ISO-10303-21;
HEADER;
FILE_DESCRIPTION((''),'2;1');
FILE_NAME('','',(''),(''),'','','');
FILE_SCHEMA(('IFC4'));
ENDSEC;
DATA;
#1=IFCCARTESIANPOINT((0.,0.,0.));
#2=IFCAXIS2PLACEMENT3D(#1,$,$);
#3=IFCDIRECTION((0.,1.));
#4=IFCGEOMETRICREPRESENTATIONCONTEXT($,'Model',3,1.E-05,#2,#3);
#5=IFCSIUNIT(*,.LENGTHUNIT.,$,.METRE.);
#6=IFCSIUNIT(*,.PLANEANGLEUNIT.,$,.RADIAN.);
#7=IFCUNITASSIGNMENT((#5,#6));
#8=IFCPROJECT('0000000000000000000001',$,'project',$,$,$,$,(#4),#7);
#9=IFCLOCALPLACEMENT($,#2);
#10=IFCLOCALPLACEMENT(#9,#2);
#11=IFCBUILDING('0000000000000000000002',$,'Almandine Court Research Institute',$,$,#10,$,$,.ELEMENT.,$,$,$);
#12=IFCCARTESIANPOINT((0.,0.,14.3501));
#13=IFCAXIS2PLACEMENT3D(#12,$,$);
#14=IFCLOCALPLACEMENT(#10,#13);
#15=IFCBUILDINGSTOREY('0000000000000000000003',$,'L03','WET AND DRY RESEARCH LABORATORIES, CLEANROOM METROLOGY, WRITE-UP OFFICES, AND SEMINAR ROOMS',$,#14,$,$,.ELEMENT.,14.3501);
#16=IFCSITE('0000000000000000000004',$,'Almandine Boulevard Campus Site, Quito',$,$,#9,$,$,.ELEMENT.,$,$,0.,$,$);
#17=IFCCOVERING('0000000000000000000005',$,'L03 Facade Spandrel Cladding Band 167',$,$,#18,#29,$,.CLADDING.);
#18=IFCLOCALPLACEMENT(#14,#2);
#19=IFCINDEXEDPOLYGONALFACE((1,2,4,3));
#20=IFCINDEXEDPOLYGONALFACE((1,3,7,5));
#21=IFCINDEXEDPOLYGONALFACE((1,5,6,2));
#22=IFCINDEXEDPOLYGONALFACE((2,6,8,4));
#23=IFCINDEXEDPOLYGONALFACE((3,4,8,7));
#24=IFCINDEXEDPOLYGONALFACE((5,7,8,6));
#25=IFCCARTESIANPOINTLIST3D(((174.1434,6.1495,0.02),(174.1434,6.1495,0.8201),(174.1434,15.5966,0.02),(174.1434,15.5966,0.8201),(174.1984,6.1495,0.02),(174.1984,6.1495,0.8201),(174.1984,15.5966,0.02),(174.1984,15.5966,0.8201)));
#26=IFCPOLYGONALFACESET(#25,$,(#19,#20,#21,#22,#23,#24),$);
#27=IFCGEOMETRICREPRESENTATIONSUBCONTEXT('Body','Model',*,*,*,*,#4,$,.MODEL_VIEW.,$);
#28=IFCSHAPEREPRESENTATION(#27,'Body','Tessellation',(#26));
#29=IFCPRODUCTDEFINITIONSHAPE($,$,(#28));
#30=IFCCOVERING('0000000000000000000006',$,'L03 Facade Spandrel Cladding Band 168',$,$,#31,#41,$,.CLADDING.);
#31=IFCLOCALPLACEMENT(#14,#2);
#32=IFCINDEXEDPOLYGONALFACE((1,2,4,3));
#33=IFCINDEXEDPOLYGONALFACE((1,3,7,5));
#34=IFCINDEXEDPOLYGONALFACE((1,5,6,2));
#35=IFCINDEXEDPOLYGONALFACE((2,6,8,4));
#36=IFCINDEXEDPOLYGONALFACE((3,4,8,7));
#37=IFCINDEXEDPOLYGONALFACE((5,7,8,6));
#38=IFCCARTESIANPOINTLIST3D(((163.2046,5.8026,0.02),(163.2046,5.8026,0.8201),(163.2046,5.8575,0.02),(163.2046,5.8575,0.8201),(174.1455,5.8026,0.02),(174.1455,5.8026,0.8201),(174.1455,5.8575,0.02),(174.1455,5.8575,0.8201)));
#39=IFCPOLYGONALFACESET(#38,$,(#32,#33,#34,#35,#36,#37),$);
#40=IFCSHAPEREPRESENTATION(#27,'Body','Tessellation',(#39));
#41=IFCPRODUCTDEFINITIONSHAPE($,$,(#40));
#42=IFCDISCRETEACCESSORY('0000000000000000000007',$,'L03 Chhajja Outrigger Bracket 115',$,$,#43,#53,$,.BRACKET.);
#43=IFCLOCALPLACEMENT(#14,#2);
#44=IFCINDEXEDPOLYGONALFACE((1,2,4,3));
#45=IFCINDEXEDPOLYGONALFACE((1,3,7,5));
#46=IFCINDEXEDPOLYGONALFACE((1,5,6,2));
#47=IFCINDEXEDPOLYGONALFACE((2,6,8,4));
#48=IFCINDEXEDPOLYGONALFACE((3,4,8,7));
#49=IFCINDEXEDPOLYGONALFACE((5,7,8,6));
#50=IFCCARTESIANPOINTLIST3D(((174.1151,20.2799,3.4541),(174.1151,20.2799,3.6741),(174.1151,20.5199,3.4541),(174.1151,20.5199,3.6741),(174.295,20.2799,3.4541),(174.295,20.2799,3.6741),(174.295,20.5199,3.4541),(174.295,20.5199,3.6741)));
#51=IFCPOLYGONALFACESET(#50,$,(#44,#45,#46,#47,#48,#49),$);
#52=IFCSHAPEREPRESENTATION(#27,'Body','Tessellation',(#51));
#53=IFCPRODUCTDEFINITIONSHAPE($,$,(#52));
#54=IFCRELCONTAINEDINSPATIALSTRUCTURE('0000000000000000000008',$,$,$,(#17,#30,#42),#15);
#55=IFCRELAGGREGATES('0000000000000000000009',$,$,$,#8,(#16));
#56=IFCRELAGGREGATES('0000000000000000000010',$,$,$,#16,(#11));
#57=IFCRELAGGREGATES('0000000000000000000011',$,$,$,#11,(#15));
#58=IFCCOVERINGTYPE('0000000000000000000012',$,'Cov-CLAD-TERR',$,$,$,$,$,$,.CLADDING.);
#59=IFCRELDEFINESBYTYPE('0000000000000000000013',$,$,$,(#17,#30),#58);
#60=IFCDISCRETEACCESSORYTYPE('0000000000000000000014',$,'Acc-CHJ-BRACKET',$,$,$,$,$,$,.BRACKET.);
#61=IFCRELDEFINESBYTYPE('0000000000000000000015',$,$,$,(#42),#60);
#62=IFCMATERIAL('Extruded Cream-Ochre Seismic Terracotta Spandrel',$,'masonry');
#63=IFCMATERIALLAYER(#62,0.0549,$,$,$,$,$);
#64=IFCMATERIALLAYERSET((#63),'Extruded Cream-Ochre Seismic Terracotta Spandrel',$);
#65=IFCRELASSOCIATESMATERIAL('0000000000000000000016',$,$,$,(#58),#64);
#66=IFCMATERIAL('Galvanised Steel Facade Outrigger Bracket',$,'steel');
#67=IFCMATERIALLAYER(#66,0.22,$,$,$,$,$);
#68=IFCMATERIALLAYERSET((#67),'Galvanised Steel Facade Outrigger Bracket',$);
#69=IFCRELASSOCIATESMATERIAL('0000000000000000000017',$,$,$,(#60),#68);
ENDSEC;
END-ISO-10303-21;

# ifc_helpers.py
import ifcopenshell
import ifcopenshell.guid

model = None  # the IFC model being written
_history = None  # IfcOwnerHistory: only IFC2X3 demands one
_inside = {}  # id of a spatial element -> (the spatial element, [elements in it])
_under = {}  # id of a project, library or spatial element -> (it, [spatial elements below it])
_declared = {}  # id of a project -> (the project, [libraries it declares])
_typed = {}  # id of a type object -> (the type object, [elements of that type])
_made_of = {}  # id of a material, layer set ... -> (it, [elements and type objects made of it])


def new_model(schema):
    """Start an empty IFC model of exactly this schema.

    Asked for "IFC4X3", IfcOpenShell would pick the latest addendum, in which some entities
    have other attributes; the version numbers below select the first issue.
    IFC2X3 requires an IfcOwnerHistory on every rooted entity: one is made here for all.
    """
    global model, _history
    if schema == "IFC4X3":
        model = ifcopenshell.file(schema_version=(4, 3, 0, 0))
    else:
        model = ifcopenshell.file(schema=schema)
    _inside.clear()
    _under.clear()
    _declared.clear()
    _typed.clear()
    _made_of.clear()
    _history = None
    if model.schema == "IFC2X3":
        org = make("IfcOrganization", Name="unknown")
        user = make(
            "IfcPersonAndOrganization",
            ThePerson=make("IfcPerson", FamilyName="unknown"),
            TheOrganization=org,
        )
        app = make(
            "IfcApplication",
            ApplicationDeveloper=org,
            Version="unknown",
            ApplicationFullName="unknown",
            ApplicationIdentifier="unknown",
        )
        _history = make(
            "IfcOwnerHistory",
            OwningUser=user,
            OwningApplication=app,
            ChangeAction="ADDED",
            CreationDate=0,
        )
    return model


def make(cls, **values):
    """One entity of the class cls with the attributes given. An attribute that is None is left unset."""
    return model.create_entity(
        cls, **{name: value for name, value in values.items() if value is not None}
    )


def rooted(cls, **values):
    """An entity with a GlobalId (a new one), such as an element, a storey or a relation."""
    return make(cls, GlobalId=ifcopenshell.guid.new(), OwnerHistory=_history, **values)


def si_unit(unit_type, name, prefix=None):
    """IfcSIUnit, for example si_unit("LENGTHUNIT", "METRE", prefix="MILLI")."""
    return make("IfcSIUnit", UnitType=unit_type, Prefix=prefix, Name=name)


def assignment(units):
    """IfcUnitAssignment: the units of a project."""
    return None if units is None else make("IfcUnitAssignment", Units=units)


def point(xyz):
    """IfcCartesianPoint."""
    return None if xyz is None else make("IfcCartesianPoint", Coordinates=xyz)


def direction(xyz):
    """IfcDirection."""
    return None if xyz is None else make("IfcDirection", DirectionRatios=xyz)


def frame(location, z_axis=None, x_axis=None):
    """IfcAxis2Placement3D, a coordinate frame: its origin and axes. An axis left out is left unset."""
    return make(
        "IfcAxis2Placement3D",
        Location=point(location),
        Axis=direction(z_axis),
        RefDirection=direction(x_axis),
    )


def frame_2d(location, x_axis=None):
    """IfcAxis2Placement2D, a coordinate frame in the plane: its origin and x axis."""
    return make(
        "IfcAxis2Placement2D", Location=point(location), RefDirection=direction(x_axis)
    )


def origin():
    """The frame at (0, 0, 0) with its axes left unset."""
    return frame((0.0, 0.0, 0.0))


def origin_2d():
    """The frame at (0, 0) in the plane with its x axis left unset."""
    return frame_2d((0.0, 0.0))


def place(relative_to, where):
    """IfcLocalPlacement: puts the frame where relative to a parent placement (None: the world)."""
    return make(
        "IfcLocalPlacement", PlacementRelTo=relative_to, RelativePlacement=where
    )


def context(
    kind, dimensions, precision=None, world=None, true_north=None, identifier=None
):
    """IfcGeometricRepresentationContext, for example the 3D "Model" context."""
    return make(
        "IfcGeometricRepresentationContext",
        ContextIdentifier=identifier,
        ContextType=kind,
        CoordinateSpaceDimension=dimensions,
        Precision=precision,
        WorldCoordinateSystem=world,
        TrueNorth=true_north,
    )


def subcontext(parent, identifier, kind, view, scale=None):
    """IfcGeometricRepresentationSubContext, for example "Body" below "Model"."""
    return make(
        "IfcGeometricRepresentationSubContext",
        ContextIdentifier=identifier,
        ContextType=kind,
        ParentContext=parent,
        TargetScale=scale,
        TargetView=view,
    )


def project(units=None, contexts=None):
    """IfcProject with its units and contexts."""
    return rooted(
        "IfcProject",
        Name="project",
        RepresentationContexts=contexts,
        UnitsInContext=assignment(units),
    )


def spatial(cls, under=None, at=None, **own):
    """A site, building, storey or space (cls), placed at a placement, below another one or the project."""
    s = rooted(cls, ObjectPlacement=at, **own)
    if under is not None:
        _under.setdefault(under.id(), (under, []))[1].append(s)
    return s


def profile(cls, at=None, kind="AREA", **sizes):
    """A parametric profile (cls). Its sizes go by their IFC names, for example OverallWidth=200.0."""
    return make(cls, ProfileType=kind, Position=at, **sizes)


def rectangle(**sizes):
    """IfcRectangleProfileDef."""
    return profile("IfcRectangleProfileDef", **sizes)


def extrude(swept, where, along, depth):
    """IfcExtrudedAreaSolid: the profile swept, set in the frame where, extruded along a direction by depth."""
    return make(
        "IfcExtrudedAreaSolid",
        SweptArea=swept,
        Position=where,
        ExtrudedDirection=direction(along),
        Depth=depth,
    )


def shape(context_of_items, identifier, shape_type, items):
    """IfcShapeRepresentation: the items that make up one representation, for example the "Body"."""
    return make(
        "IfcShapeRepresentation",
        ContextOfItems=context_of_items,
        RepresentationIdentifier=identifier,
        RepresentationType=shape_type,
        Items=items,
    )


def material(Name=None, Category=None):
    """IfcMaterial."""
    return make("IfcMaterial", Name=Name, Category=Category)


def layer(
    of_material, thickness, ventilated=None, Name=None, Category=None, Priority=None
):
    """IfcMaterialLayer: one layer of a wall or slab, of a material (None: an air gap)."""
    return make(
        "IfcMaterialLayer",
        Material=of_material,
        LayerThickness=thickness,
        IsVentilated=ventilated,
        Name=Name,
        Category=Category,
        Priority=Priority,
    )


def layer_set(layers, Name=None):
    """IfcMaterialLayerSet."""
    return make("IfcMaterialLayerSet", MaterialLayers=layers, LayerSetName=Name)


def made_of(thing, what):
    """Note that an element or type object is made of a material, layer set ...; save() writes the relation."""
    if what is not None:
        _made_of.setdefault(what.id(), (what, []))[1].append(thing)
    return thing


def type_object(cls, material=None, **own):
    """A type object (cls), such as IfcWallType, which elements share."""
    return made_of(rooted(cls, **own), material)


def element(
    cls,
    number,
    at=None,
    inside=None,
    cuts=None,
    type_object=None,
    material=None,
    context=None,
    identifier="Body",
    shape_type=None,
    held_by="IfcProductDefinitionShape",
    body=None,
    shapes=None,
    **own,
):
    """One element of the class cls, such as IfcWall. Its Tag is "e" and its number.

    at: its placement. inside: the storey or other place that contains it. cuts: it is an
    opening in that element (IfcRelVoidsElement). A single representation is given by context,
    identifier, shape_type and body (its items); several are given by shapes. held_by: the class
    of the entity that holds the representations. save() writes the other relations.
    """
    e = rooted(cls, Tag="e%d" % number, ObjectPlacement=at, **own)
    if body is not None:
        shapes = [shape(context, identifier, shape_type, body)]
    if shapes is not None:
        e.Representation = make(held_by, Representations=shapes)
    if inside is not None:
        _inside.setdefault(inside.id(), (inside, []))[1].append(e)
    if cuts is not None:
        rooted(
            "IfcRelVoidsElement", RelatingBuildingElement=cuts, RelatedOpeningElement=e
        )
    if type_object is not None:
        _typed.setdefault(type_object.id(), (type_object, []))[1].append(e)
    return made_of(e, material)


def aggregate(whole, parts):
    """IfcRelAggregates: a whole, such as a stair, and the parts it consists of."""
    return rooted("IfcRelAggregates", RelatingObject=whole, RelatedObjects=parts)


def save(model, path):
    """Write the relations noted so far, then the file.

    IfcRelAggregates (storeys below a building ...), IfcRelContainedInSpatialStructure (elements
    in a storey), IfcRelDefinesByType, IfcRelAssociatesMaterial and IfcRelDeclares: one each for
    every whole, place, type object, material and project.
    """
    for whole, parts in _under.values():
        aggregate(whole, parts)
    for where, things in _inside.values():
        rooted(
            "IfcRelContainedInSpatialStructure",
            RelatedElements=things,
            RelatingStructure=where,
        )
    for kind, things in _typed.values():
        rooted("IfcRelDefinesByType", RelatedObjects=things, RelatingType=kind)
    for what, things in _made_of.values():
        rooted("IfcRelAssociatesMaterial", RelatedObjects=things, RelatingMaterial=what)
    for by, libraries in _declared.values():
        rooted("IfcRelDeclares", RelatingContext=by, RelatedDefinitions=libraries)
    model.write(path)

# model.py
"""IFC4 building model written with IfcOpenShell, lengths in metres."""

from ifc_helpers import new_model, si_unit, direction, frame, origin, origin_2d, place, context, subcontext, project, spatial, rectangle, extrude, material, layer, layer_set, type_object, element, save


model = new_model("IFC4")

# Units and contexts
model_context = context("Model", 3, precision=1e-05, world=origin(), true_north=direction((0.0, 1.0)))
body_context = subcontext(model_context, "Body", "Model", "MODEL_VIEW")
ifc_project = project(units=[si_unit("LENGTHUNIT", "METRE"), si_unit("PLANEANGLEUNIT", "RADIAN")], contexts=[model_context])

# Site, building, storey
site_placement = place(None, origin())
site = spatial("IfcSite", under=ifc_project, at=site_placement, Name="Almandine Boulevard Campus Site, Quito", CompositionType="ELEMENT", RefElevation=0.0)
building_placement = place(site_placement, origin())
building = spatial("IfcBuilding", under=site, at=building_placement, Name="Almandine Court Research Institute", CompositionType="ELEMENT")
storey_placement = place(building_placement, frame((0.0, 0.0, 14.3501)))
storey = spatial("IfcBuildingStorey", under=building, at=storey_placement, Name="L03", Description="WET AND DRY RESEARCH LABORATORIES, CLEANROOM METROLOGY, WRITE-UP OFFICES, AND SEMINAR ROOMS", CompositionType="ELEMENT", Elevation=14.3501)

# Coverings
ifc_material_1 = material(Name="Extruded Cream-Ochre Seismic Terracotta Spandrel", Category="masonry")
ifc_layer_1 = layer(ifc_material_1, 0.0549)
ifc_layer_set_1 = layer_set([ifc_layer_1], Name="Extruded Cream-Ochre Seismic Terracotta Spandrel")
covering_type = type_object("IfcCoveringType", Name="Cov-CLAD-TERR", PredefinedType="CLADDING", material=ifc_layer_set_1)
covering_1_placement = place(storey_placement, frame((174.1709, 10.873, 0.02), z_axis=(0.0, 0.0, 1.0), x_axis=(0.0, -1.0, 0.0)))
element("IfcCovering", 1, at=covering_1_placement, inside=storey, type_object=covering_type, Name="L03 Facade Spandrel Cladding Band 167", PredefinedType="CLADDING", context=body_context, shape_type="SweptSolid", body=[
    extrude(rectangle(XDim=9.447, YDim=0.0549, at=origin_2d()), origin(), (0.0, 0.0, 1.0), 0.8),
])
covering_2_placement = place(storey_placement, frame((168.675, 5.8301, 0.02), z_axis=(0.0, 0.0, 1.0), x_axis=(-1.0, 0.0, 0.0)))
element("IfcCovering", 2, at=covering_2_placement, inside=storey, type_object=covering_type, Name="L03 Facade Spandrel Cladding Band 168", PredefinedType="CLADDING", context=body_context, shape_type="SweptSolid", body=[
    extrude(rectangle(XDim=10.9409, YDim=0.0549, at=origin_2d()), origin(), (0.0, 0.0, 1.0), 0.8),
])

# Discrete accessory
ifc_material_2 = material(Name="Galvanised Steel Facade Outrigger Bracket", Category="steel")
ifc_layer_2 = layer(ifc_material_2, 0.22)
ifc_layer_set_2 = layer_set([ifc_layer_2], Name="Galvanised Steel Facade Outrigger Bracket")
discrete_accessory_type = type_object("IfcDiscreteAccessoryType", Name="Acc-CHJ-BRACKET", PredefinedType="BRACKET", material=ifc_layer_set_2)
discrete_accessory_placement = place(storey_placement, frame((174.2051, 20.3999, 3.4541), z_axis=(0.0, 0.0, 1.0), x_axis=(0.0, -1.0, 0.0)))
element("IfcDiscreteAccessory", 3, at=discrete_accessory_placement, inside=storey, type_object=discrete_accessory_type, Name="L03 Chhajja Outrigger Bracket 115", PredefinedType="BRACKET", context=body_context, shape_type="SweptSolid", body=[
    extrude(rectangle(XDim=0.24, YDim=0.1799, at=origin_2d()), origin(), (0.0, 0.0, 1.0), 0.22),
])

save(model, "model.ifc")
